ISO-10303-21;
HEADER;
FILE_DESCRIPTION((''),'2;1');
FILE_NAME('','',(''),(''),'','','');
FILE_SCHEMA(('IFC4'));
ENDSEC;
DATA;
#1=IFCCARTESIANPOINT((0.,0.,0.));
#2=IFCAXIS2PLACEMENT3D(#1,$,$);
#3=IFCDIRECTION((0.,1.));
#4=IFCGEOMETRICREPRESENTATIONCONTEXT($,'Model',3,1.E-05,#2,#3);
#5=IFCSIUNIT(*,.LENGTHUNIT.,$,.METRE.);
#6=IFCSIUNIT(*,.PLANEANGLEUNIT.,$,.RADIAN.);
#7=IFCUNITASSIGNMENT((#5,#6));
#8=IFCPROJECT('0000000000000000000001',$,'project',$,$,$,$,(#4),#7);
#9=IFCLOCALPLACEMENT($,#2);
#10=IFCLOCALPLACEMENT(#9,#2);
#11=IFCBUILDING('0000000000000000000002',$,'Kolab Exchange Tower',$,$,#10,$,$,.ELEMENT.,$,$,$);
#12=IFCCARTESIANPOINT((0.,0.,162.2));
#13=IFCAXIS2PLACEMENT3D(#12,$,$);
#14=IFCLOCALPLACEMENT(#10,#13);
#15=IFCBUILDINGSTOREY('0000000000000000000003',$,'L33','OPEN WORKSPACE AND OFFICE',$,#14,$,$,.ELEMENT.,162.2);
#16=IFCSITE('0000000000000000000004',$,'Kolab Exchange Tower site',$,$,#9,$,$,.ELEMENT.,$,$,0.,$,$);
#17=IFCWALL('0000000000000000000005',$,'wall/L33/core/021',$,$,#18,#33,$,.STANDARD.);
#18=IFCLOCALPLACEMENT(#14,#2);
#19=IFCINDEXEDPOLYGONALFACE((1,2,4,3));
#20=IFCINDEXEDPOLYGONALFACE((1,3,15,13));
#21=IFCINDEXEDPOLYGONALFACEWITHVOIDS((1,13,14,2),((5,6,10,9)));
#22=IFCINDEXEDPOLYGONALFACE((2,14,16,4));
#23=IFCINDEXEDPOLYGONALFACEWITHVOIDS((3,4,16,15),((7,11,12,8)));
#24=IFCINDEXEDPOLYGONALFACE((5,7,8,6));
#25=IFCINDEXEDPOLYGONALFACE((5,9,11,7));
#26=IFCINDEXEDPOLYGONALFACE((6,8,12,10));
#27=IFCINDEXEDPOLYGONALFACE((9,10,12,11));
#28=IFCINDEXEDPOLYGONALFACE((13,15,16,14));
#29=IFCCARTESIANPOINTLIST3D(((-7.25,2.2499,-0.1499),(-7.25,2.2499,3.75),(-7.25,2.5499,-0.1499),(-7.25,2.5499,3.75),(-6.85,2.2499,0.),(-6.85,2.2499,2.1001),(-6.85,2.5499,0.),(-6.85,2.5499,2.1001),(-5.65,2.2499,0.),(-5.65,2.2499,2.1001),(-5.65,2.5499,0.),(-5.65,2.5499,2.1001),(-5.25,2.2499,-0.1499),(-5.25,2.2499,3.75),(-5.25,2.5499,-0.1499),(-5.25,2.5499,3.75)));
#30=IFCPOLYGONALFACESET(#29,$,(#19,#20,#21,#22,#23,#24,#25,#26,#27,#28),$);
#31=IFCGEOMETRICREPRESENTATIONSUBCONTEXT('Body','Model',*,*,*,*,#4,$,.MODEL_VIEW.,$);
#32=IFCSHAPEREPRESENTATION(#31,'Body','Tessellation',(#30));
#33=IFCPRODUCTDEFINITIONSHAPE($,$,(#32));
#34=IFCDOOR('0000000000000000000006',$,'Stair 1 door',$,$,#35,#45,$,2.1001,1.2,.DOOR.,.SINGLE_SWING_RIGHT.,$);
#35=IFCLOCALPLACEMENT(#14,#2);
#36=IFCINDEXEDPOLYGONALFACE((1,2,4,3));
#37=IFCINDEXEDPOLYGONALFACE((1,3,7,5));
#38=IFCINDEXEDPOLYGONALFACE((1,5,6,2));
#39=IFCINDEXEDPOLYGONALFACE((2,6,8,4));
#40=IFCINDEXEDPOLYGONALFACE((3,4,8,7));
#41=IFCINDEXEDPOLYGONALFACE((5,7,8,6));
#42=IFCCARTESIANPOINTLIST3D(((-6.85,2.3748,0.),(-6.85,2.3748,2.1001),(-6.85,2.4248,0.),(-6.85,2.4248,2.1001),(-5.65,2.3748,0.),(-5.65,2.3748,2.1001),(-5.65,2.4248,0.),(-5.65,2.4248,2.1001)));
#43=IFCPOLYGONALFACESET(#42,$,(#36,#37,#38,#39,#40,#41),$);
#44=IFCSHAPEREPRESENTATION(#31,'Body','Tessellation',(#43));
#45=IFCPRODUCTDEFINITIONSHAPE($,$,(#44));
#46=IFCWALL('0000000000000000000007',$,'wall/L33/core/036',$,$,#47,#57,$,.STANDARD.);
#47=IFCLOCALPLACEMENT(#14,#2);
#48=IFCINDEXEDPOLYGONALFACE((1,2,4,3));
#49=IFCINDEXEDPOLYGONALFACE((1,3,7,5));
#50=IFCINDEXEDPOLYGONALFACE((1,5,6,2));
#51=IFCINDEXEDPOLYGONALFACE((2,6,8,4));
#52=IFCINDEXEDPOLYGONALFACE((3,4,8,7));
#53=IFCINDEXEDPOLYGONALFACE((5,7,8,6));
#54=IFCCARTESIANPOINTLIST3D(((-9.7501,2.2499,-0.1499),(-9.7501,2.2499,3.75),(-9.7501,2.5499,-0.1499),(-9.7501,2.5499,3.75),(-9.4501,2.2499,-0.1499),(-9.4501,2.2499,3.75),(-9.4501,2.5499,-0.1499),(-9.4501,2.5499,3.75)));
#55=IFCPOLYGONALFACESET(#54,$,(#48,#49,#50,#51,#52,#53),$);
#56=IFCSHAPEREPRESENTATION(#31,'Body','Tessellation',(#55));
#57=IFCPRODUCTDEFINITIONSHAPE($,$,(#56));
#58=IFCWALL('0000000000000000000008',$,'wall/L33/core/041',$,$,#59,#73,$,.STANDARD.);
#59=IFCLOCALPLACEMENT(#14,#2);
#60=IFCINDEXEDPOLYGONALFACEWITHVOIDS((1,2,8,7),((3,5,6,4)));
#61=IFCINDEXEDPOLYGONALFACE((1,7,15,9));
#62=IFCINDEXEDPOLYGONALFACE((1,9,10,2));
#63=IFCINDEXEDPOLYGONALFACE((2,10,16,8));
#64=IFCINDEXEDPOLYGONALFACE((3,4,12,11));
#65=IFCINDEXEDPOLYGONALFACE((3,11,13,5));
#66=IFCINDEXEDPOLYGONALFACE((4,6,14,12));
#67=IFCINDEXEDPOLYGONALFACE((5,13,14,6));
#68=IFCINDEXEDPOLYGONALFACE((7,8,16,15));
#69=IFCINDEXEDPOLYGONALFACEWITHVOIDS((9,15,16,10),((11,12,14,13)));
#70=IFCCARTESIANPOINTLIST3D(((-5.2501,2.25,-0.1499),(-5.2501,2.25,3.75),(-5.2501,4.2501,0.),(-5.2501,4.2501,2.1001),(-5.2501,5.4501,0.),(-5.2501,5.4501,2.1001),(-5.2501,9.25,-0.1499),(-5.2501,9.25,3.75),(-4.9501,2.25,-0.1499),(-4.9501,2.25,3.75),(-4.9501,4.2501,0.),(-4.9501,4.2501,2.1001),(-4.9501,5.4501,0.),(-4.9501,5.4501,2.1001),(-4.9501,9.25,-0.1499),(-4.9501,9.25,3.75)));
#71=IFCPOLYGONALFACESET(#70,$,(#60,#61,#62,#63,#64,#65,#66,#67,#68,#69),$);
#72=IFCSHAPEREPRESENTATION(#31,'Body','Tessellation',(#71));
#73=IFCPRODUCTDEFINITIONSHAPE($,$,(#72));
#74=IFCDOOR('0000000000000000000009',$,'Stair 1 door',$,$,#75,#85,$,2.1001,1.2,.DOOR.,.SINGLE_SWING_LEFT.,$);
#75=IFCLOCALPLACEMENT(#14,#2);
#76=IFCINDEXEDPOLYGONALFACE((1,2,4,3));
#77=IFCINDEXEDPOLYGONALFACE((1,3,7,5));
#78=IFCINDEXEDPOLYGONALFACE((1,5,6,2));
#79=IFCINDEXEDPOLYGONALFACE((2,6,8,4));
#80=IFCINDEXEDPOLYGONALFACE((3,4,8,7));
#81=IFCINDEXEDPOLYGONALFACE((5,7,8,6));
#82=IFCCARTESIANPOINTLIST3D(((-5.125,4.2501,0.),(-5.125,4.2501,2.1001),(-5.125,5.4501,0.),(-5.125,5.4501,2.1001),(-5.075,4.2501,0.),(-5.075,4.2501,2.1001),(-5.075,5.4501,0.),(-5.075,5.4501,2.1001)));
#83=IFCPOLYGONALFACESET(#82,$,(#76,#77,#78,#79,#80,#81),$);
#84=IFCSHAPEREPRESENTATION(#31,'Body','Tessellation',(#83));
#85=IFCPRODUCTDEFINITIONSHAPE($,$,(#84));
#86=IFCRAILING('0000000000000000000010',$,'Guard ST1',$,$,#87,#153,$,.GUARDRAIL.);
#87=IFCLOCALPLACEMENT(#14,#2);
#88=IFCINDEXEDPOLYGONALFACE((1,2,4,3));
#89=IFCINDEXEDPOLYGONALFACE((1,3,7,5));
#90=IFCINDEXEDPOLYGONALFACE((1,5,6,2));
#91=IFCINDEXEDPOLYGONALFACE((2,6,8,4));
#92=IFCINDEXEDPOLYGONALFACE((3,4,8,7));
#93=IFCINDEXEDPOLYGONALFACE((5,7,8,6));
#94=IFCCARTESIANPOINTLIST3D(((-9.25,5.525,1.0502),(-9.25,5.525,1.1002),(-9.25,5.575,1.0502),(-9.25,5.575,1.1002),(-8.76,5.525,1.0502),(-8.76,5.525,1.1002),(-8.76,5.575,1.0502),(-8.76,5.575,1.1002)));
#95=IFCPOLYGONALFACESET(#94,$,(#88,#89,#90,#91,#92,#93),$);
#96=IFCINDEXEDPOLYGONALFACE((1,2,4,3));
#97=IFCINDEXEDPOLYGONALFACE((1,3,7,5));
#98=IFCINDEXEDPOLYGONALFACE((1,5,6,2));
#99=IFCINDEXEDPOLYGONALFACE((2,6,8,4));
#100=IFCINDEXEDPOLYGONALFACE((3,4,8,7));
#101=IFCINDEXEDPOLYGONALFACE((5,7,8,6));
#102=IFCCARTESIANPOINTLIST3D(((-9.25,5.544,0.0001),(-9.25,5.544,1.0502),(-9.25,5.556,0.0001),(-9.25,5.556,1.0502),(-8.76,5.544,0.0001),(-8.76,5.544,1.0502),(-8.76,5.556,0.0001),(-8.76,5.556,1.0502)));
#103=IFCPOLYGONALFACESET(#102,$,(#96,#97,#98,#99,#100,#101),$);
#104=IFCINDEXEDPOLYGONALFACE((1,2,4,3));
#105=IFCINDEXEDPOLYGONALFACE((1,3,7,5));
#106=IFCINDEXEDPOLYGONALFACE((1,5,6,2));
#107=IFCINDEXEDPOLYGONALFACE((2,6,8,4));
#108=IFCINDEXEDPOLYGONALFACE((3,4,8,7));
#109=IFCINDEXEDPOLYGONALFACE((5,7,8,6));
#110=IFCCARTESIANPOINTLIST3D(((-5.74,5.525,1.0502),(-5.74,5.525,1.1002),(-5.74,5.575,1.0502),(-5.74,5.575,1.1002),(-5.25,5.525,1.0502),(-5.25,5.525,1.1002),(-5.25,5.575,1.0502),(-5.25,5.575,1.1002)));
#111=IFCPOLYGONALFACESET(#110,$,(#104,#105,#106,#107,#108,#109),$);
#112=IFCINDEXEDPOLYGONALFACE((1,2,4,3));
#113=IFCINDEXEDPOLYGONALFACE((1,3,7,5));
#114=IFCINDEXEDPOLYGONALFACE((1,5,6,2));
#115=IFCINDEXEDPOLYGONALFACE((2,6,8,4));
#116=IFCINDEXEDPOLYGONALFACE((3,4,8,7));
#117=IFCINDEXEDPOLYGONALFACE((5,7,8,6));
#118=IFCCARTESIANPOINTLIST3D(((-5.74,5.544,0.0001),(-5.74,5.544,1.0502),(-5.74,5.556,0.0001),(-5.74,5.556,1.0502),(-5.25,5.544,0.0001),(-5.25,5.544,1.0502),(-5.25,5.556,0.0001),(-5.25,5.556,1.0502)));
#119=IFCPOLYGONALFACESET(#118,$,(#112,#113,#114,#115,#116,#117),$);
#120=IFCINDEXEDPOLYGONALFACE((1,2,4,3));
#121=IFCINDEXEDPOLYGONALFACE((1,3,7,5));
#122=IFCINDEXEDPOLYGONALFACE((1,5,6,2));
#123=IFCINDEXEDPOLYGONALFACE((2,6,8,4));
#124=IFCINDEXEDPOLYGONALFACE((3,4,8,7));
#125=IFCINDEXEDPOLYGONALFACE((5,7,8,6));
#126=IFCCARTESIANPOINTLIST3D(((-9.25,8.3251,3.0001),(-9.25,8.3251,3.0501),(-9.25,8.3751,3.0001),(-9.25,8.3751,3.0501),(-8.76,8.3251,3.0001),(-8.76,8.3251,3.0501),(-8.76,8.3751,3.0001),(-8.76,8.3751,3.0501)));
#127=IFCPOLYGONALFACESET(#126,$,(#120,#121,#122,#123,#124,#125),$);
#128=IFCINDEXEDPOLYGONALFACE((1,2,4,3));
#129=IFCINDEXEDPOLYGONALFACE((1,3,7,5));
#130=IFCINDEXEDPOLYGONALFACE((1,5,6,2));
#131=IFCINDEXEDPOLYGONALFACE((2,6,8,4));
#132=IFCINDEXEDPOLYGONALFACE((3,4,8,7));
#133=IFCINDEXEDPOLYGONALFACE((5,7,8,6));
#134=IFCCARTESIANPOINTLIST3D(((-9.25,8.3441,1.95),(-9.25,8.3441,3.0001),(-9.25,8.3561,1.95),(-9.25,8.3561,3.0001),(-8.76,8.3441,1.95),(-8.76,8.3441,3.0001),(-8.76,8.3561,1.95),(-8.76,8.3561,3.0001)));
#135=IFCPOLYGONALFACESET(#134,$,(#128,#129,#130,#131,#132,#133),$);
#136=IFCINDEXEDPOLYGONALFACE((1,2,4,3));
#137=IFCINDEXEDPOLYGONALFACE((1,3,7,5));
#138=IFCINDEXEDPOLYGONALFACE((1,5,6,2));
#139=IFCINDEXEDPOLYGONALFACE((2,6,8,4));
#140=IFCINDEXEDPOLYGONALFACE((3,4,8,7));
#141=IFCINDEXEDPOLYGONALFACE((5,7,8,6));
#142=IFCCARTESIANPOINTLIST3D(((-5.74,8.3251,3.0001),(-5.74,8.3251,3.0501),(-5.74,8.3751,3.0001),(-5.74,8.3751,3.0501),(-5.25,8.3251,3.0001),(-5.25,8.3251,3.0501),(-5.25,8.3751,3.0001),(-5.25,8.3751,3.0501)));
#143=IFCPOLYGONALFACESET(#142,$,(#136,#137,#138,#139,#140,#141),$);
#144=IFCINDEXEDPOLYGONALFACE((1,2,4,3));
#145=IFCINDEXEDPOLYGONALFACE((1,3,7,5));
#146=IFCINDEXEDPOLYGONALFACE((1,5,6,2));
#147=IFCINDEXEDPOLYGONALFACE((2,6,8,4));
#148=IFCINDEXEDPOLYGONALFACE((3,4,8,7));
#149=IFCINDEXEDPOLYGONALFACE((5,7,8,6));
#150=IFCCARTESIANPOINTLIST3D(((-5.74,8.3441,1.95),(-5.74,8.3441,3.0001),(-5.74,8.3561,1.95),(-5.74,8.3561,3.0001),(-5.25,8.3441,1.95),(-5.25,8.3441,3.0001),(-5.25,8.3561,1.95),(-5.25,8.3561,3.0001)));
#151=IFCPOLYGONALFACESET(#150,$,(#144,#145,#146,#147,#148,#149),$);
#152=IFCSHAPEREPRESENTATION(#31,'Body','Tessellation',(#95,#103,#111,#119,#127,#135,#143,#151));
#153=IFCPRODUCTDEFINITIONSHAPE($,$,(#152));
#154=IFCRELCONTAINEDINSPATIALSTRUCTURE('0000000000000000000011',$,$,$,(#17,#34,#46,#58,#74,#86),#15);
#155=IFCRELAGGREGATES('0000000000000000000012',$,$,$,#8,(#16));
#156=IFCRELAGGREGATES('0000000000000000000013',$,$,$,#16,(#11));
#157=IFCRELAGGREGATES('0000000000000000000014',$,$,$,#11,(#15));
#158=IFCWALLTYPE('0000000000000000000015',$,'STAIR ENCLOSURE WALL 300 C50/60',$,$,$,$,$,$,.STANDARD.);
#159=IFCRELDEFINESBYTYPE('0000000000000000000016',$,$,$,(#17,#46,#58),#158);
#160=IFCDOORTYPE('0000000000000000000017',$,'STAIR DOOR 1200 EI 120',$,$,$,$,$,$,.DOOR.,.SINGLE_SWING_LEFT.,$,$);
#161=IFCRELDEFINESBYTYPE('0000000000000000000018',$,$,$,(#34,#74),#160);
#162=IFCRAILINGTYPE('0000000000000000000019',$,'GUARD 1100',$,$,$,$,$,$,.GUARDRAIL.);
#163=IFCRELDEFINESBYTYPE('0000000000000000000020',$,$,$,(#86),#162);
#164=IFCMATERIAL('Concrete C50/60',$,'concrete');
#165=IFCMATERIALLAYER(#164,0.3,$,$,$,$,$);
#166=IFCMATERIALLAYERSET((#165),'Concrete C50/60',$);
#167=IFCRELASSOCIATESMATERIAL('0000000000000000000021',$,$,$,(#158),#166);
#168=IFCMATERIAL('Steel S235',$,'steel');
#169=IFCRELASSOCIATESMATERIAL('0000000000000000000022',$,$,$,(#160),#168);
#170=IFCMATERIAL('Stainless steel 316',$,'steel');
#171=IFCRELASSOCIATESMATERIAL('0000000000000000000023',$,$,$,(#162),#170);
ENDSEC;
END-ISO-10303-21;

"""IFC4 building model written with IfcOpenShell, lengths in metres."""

from ifc_helpers import new_model, si_unit, direction, frame, frame_2d, origin, origin_2d, place, context, subcontext, project, spatial, rectangle, extrude, material, layer, layer_set, type_object, element, fill, save


model = new_model("IFC4")

# Units and contexts
model_context = context("Model", 3, precision=1e-05, world=origin(), true_north=direction((0.0, 1.0)))
body_context = subcontext(model_context, "Body", "Model", "MODEL_VIEW")
ifc_project = project(units=[si_unit("LENGTHUNIT", "METRE"), si_unit("PLANEANGLEUNIT", "RADIAN")], contexts=[model_context])

# Site, building, storey
site_placement = place(None, origin())
site = spatial("IfcSite", under=ifc_project, at=site_placement, Name="Kolab Exchange Tower site", CompositionType="ELEMENT", RefElevation=0.0)
building_placement = place(site_placement, origin())
building = spatial("IfcBuilding", under=site, at=building_placement, Name="Kolab Exchange Tower", CompositionType="ELEMENT")
storey_placement = place(building_placement, frame((0.0, 0.0, 162.2)))
storey = spatial("IfcBuildingStorey", under=building, at=storey_placement, Name="L33", Description="OPEN WORKSPACE AND OFFICE", CompositionType="ELEMENT", Elevation=162.2)

# Shared definitions
ifc_material_1 = material(Name="Concrete C50/60", Category="concrete")

# Shared definitions
ifc_material_2 = material(Name="Stainless steel 316", Category="steel")
ifc_material_3 = material(Name="Steel S235", Category="steel")

# Shared definitions
ifc_layer_1 = layer(ifc_material_1, 0.3)
ifc_layer_set_1 = layer_set([ifc_layer_1], Name="Concrete C50/60")
wall_type_1 = type_object("IfcWallType", Name="STAIR ENCLOSURE WALL 300 C50/60", PredefinedType="STANDARD", material=ifc_layer_set_1)

# Wall, opening, door
wall_1_placement = place(storey_placement, frame((-7.25, 2.3999, -0.1499), z_axis=(0.0, 0.0, 1.0), x_axis=(1.0, 0.0, 0.0)))
wall_1 = element("IfcWall", 1, at=wall_1_placement, inside=storey, type_object=wall_type_1, Name="wall/L33/core/021", PredefinedType="STANDARD", context=body_context, shape_type="SweptSolid", body=[
    extrude(rectangle(XDim=2.0, YDim=0.3, at=frame_2d((1.0, 0.0))), origin(), (0.0, 0.0, 1.0), 3.8999),
])
opening_1_placement = place(wall_1_placement, frame((0.3999, 0.0, 0.1499)))
opening_1 = element("IfcOpeningElement", 2, at=opening_1_placement, cuts=wall_1, PredefinedType="OPENING", context=body_context, shape_type="SweptSolid", body=[
    extrude(rectangle(XDim=1.2, YDim=2.1001, at=frame_2d((0.6001, 1.05))), frame((0.0, 0.1602, 0.0), z_axis=(0.0, -1.0, 0.0), x_axis=(1.0, 0.0, 0.0)), (0.0, 0.0, 1.0), 0.3201),
])
door_type_1 = type_object("IfcDoorType", Name="STAIR DOOR 1200 EI 120", OperationType="SINGLE_SWING_LEFT", PredefinedType="DOOR", material=ifc_material_3)
door_1_placement = place(opening_1_placement, origin())
door_1 = element("IfcDoor", 3, at=door_1_placement, inside=storey, type_object=door_type_1, Name="Stair 1 door", OperationType="SINGLE_SWING_RIGHT", OverallHeight=2.1001, OverallWidth=1.2, PredefinedType="DOOR", context=body_context, shape_type="SweptSolid", body=[
    extrude(rectangle(XDim=1.2, YDim=2.1001, at=frame_2d((0.6001, 1.05))), frame((0.0, 0.0249, 0.0), z_axis=(0.0, -1.0, 0.0), x_axis=(1.0, 0.0, 0.0)), (0.0, 0.0, 1.0), 0.05),
])
fill(opening_1, door_1)

# Wall
wall_2_placement = place(storey_placement, frame((-9.6001, 2.25, -0.1499), z_axis=(0.0, 0.0, 1.0), x_axis=(0.0, 1.0, 0.0)))
element("IfcWall", 4, at=wall_2_placement, inside=storey, type_object=wall_type_1, Name="wall/L33/core/036", PredefinedType="STANDARD", context=body_context, shape_type="SweptSolid", body=[
    extrude(rectangle(XDim=0.3, YDim=0.3, at=frame_2d((0.1499, 0.0))), origin(), (0.0, 0.0, 1.0), 3.8999),
])

# Wall, opening, door
wall_3_placement = place(storey_placement, frame((-5.1001, 2.25, -0.1499), z_axis=(0.0, 0.0, 1.0), x_axis=(0.0, 1.0, 0.0)))
wall_3 = element("IfcWall", 5, at=wall_3_placement, inside=storey, type_object=wall_type_1, Name="wall/L33/core/041", PredefinedType="STANDARD", context=body_context, shape_type="SweptSolid", body=[
    extrude(rectangle(XDim=7.0, YDim=0.3, at=frame_2d((3.5, 0.0))), origin(), (0.0, 0.0, 1.0), 3.8999),
])
opening_2_placement = place(wall_3_placement, frame((2.0, 0.0, 0.1499)))
opening_2 = element("IfcOpeningElement", 6, at=opening_2_placement, cuts=wall_3, PredefinedType="OPENING", context=body_context, shape_type="SweptSolid", body=[
    extrude(rectangle(XDim=1.2, YDim=2.1001, at=frame_2d((0.6001, 1.05))), frame((0.0, 0.1602, 0.0), z_axis=(0.0, -1.0, 0.0), x_axis=(1.0, 0.0, 0.0)), (0.0, 0.0, 1.0), 0.3201),
])
door_2_placement = place(opening_2_placement, origin())
door_2 = element("IfcDoor", 7, at=door_2_placement, inside=storey, type_object=door_type_1, Name="Stair 1 door", OperationType="SINGLE_SWING_LEFT", OverallHeight=2.1001, OverallWidth=1.2, PredefinedType="DOOR", context=body_context, shape_type="SweptSolid", body=[
    extrude(rectangle(XDim=1.2, YDim=2.1001, at=frame_2d((0.6001, 1.05))), frame((0.0, 0.0249, 0.0), z_axis=(0.0, -1.0, 0.0), x_axis=(1.0, 0.0, 0.0)), (0.0, 0.0, 1.0), 0.05),
])
fill(opening_2, door_2)

# Railing
railing_type = type_object("IfcRailingType", Name="GUARD 1100", PredefinedType="GUARDRAIL", material=ifc_material_2)
railing_placement = place(storey_placement, frame((-9.25, 5.55, 0.0)))
element("IfcRailing", 8, at=railing_placement, inside=storey, type_object=railing_type, Name="Guard ST1", PredefinedType="GUARDRAIL", context=body_context, shape_type="SweptSolid", body=[
    extrude(rectangle(XDim=0.05, YDim=0.05, at=origin_2d()), frame((0.0, 0.0, 1.0752), z_axis=(1.0, 0.0, 0.0), x_axis=(0.0, 1.0, 0.0)), (0.0, 0.0, 1.0), 0.49),
    extrude(rectangle(XDim=0.012, YDim=1.0501, at=frame_2d((0.0, 0.5251))), frame((0.0, 0.0, 0.0), z_axis=(1.0, 0.0, 0.0), x_axis=(0.0, 1.0, 0.0)), (0.0, 0.0, 1.0), 0.49),
    extrude(rectangle(XDim=0.05, YDim=0.05, at=origin_2d()), frame((3.51, 0.0, 1.0752), z_axis=(1.0, 0.0, 0.0), x_axis=(0.0, 1.0, 0.0)), (0.0, 0.0, 1.0), 0.49),
    extrude(rectangle(XDim=0.012, YDim=1.0501, at=frame_2d((0.0, 0.5251))), frame((3.51, 0.0, 0.0), z_axis=(1.0, 0.0, 0.0), x_axis=(0.0, 1.0, 0.0)), (0.0, 0.0, 1.0), 0.49),
    extrude(rectangle(XDim=0.05, YDim=0.05, at=origin_2d()), frame((0.0, 2.8, 3.0251), z_axis=(1.0, 0.0, 0.0), x_axis=(0.0, 1.0, 0.0)), (0.0, 0.0, 1.0), 0.49),
    extrude(rectangle(XDim=0.012, YDim=1.0501, at=frame_2d((0.0, 0.5251))), frame((0.0, 2.8, 1.95), z_axis=(1.0, 0.0, 0.0), x_axis=(0.0, 1.0, 0.0)), (0.0, 0.0, 1.0), 0.49),
    extrude(rectangle(XDim=0.05, YDim=0.05, at=origin_2d()), frame((3.51, 2.8, 3.0251), z_axis=(1.0, 0.0, 0.0), x_axis=(0.0, 1.0, 0.0)), (0.0, 0.0, 1.0), 0.49),
    extrude(rectangle(XDim=0.012, YDim=1.0501, at=frame_2d((0.0, 0.5251))), frame((3.51, 2.8, 1.95), z_axis=(1.0, 0.0, 0.0), x_axis=(0.0, 1.0, 0.0)), (0.0, 0.0, 1.0), 0.49),
])

save(model, "model.ifc")
